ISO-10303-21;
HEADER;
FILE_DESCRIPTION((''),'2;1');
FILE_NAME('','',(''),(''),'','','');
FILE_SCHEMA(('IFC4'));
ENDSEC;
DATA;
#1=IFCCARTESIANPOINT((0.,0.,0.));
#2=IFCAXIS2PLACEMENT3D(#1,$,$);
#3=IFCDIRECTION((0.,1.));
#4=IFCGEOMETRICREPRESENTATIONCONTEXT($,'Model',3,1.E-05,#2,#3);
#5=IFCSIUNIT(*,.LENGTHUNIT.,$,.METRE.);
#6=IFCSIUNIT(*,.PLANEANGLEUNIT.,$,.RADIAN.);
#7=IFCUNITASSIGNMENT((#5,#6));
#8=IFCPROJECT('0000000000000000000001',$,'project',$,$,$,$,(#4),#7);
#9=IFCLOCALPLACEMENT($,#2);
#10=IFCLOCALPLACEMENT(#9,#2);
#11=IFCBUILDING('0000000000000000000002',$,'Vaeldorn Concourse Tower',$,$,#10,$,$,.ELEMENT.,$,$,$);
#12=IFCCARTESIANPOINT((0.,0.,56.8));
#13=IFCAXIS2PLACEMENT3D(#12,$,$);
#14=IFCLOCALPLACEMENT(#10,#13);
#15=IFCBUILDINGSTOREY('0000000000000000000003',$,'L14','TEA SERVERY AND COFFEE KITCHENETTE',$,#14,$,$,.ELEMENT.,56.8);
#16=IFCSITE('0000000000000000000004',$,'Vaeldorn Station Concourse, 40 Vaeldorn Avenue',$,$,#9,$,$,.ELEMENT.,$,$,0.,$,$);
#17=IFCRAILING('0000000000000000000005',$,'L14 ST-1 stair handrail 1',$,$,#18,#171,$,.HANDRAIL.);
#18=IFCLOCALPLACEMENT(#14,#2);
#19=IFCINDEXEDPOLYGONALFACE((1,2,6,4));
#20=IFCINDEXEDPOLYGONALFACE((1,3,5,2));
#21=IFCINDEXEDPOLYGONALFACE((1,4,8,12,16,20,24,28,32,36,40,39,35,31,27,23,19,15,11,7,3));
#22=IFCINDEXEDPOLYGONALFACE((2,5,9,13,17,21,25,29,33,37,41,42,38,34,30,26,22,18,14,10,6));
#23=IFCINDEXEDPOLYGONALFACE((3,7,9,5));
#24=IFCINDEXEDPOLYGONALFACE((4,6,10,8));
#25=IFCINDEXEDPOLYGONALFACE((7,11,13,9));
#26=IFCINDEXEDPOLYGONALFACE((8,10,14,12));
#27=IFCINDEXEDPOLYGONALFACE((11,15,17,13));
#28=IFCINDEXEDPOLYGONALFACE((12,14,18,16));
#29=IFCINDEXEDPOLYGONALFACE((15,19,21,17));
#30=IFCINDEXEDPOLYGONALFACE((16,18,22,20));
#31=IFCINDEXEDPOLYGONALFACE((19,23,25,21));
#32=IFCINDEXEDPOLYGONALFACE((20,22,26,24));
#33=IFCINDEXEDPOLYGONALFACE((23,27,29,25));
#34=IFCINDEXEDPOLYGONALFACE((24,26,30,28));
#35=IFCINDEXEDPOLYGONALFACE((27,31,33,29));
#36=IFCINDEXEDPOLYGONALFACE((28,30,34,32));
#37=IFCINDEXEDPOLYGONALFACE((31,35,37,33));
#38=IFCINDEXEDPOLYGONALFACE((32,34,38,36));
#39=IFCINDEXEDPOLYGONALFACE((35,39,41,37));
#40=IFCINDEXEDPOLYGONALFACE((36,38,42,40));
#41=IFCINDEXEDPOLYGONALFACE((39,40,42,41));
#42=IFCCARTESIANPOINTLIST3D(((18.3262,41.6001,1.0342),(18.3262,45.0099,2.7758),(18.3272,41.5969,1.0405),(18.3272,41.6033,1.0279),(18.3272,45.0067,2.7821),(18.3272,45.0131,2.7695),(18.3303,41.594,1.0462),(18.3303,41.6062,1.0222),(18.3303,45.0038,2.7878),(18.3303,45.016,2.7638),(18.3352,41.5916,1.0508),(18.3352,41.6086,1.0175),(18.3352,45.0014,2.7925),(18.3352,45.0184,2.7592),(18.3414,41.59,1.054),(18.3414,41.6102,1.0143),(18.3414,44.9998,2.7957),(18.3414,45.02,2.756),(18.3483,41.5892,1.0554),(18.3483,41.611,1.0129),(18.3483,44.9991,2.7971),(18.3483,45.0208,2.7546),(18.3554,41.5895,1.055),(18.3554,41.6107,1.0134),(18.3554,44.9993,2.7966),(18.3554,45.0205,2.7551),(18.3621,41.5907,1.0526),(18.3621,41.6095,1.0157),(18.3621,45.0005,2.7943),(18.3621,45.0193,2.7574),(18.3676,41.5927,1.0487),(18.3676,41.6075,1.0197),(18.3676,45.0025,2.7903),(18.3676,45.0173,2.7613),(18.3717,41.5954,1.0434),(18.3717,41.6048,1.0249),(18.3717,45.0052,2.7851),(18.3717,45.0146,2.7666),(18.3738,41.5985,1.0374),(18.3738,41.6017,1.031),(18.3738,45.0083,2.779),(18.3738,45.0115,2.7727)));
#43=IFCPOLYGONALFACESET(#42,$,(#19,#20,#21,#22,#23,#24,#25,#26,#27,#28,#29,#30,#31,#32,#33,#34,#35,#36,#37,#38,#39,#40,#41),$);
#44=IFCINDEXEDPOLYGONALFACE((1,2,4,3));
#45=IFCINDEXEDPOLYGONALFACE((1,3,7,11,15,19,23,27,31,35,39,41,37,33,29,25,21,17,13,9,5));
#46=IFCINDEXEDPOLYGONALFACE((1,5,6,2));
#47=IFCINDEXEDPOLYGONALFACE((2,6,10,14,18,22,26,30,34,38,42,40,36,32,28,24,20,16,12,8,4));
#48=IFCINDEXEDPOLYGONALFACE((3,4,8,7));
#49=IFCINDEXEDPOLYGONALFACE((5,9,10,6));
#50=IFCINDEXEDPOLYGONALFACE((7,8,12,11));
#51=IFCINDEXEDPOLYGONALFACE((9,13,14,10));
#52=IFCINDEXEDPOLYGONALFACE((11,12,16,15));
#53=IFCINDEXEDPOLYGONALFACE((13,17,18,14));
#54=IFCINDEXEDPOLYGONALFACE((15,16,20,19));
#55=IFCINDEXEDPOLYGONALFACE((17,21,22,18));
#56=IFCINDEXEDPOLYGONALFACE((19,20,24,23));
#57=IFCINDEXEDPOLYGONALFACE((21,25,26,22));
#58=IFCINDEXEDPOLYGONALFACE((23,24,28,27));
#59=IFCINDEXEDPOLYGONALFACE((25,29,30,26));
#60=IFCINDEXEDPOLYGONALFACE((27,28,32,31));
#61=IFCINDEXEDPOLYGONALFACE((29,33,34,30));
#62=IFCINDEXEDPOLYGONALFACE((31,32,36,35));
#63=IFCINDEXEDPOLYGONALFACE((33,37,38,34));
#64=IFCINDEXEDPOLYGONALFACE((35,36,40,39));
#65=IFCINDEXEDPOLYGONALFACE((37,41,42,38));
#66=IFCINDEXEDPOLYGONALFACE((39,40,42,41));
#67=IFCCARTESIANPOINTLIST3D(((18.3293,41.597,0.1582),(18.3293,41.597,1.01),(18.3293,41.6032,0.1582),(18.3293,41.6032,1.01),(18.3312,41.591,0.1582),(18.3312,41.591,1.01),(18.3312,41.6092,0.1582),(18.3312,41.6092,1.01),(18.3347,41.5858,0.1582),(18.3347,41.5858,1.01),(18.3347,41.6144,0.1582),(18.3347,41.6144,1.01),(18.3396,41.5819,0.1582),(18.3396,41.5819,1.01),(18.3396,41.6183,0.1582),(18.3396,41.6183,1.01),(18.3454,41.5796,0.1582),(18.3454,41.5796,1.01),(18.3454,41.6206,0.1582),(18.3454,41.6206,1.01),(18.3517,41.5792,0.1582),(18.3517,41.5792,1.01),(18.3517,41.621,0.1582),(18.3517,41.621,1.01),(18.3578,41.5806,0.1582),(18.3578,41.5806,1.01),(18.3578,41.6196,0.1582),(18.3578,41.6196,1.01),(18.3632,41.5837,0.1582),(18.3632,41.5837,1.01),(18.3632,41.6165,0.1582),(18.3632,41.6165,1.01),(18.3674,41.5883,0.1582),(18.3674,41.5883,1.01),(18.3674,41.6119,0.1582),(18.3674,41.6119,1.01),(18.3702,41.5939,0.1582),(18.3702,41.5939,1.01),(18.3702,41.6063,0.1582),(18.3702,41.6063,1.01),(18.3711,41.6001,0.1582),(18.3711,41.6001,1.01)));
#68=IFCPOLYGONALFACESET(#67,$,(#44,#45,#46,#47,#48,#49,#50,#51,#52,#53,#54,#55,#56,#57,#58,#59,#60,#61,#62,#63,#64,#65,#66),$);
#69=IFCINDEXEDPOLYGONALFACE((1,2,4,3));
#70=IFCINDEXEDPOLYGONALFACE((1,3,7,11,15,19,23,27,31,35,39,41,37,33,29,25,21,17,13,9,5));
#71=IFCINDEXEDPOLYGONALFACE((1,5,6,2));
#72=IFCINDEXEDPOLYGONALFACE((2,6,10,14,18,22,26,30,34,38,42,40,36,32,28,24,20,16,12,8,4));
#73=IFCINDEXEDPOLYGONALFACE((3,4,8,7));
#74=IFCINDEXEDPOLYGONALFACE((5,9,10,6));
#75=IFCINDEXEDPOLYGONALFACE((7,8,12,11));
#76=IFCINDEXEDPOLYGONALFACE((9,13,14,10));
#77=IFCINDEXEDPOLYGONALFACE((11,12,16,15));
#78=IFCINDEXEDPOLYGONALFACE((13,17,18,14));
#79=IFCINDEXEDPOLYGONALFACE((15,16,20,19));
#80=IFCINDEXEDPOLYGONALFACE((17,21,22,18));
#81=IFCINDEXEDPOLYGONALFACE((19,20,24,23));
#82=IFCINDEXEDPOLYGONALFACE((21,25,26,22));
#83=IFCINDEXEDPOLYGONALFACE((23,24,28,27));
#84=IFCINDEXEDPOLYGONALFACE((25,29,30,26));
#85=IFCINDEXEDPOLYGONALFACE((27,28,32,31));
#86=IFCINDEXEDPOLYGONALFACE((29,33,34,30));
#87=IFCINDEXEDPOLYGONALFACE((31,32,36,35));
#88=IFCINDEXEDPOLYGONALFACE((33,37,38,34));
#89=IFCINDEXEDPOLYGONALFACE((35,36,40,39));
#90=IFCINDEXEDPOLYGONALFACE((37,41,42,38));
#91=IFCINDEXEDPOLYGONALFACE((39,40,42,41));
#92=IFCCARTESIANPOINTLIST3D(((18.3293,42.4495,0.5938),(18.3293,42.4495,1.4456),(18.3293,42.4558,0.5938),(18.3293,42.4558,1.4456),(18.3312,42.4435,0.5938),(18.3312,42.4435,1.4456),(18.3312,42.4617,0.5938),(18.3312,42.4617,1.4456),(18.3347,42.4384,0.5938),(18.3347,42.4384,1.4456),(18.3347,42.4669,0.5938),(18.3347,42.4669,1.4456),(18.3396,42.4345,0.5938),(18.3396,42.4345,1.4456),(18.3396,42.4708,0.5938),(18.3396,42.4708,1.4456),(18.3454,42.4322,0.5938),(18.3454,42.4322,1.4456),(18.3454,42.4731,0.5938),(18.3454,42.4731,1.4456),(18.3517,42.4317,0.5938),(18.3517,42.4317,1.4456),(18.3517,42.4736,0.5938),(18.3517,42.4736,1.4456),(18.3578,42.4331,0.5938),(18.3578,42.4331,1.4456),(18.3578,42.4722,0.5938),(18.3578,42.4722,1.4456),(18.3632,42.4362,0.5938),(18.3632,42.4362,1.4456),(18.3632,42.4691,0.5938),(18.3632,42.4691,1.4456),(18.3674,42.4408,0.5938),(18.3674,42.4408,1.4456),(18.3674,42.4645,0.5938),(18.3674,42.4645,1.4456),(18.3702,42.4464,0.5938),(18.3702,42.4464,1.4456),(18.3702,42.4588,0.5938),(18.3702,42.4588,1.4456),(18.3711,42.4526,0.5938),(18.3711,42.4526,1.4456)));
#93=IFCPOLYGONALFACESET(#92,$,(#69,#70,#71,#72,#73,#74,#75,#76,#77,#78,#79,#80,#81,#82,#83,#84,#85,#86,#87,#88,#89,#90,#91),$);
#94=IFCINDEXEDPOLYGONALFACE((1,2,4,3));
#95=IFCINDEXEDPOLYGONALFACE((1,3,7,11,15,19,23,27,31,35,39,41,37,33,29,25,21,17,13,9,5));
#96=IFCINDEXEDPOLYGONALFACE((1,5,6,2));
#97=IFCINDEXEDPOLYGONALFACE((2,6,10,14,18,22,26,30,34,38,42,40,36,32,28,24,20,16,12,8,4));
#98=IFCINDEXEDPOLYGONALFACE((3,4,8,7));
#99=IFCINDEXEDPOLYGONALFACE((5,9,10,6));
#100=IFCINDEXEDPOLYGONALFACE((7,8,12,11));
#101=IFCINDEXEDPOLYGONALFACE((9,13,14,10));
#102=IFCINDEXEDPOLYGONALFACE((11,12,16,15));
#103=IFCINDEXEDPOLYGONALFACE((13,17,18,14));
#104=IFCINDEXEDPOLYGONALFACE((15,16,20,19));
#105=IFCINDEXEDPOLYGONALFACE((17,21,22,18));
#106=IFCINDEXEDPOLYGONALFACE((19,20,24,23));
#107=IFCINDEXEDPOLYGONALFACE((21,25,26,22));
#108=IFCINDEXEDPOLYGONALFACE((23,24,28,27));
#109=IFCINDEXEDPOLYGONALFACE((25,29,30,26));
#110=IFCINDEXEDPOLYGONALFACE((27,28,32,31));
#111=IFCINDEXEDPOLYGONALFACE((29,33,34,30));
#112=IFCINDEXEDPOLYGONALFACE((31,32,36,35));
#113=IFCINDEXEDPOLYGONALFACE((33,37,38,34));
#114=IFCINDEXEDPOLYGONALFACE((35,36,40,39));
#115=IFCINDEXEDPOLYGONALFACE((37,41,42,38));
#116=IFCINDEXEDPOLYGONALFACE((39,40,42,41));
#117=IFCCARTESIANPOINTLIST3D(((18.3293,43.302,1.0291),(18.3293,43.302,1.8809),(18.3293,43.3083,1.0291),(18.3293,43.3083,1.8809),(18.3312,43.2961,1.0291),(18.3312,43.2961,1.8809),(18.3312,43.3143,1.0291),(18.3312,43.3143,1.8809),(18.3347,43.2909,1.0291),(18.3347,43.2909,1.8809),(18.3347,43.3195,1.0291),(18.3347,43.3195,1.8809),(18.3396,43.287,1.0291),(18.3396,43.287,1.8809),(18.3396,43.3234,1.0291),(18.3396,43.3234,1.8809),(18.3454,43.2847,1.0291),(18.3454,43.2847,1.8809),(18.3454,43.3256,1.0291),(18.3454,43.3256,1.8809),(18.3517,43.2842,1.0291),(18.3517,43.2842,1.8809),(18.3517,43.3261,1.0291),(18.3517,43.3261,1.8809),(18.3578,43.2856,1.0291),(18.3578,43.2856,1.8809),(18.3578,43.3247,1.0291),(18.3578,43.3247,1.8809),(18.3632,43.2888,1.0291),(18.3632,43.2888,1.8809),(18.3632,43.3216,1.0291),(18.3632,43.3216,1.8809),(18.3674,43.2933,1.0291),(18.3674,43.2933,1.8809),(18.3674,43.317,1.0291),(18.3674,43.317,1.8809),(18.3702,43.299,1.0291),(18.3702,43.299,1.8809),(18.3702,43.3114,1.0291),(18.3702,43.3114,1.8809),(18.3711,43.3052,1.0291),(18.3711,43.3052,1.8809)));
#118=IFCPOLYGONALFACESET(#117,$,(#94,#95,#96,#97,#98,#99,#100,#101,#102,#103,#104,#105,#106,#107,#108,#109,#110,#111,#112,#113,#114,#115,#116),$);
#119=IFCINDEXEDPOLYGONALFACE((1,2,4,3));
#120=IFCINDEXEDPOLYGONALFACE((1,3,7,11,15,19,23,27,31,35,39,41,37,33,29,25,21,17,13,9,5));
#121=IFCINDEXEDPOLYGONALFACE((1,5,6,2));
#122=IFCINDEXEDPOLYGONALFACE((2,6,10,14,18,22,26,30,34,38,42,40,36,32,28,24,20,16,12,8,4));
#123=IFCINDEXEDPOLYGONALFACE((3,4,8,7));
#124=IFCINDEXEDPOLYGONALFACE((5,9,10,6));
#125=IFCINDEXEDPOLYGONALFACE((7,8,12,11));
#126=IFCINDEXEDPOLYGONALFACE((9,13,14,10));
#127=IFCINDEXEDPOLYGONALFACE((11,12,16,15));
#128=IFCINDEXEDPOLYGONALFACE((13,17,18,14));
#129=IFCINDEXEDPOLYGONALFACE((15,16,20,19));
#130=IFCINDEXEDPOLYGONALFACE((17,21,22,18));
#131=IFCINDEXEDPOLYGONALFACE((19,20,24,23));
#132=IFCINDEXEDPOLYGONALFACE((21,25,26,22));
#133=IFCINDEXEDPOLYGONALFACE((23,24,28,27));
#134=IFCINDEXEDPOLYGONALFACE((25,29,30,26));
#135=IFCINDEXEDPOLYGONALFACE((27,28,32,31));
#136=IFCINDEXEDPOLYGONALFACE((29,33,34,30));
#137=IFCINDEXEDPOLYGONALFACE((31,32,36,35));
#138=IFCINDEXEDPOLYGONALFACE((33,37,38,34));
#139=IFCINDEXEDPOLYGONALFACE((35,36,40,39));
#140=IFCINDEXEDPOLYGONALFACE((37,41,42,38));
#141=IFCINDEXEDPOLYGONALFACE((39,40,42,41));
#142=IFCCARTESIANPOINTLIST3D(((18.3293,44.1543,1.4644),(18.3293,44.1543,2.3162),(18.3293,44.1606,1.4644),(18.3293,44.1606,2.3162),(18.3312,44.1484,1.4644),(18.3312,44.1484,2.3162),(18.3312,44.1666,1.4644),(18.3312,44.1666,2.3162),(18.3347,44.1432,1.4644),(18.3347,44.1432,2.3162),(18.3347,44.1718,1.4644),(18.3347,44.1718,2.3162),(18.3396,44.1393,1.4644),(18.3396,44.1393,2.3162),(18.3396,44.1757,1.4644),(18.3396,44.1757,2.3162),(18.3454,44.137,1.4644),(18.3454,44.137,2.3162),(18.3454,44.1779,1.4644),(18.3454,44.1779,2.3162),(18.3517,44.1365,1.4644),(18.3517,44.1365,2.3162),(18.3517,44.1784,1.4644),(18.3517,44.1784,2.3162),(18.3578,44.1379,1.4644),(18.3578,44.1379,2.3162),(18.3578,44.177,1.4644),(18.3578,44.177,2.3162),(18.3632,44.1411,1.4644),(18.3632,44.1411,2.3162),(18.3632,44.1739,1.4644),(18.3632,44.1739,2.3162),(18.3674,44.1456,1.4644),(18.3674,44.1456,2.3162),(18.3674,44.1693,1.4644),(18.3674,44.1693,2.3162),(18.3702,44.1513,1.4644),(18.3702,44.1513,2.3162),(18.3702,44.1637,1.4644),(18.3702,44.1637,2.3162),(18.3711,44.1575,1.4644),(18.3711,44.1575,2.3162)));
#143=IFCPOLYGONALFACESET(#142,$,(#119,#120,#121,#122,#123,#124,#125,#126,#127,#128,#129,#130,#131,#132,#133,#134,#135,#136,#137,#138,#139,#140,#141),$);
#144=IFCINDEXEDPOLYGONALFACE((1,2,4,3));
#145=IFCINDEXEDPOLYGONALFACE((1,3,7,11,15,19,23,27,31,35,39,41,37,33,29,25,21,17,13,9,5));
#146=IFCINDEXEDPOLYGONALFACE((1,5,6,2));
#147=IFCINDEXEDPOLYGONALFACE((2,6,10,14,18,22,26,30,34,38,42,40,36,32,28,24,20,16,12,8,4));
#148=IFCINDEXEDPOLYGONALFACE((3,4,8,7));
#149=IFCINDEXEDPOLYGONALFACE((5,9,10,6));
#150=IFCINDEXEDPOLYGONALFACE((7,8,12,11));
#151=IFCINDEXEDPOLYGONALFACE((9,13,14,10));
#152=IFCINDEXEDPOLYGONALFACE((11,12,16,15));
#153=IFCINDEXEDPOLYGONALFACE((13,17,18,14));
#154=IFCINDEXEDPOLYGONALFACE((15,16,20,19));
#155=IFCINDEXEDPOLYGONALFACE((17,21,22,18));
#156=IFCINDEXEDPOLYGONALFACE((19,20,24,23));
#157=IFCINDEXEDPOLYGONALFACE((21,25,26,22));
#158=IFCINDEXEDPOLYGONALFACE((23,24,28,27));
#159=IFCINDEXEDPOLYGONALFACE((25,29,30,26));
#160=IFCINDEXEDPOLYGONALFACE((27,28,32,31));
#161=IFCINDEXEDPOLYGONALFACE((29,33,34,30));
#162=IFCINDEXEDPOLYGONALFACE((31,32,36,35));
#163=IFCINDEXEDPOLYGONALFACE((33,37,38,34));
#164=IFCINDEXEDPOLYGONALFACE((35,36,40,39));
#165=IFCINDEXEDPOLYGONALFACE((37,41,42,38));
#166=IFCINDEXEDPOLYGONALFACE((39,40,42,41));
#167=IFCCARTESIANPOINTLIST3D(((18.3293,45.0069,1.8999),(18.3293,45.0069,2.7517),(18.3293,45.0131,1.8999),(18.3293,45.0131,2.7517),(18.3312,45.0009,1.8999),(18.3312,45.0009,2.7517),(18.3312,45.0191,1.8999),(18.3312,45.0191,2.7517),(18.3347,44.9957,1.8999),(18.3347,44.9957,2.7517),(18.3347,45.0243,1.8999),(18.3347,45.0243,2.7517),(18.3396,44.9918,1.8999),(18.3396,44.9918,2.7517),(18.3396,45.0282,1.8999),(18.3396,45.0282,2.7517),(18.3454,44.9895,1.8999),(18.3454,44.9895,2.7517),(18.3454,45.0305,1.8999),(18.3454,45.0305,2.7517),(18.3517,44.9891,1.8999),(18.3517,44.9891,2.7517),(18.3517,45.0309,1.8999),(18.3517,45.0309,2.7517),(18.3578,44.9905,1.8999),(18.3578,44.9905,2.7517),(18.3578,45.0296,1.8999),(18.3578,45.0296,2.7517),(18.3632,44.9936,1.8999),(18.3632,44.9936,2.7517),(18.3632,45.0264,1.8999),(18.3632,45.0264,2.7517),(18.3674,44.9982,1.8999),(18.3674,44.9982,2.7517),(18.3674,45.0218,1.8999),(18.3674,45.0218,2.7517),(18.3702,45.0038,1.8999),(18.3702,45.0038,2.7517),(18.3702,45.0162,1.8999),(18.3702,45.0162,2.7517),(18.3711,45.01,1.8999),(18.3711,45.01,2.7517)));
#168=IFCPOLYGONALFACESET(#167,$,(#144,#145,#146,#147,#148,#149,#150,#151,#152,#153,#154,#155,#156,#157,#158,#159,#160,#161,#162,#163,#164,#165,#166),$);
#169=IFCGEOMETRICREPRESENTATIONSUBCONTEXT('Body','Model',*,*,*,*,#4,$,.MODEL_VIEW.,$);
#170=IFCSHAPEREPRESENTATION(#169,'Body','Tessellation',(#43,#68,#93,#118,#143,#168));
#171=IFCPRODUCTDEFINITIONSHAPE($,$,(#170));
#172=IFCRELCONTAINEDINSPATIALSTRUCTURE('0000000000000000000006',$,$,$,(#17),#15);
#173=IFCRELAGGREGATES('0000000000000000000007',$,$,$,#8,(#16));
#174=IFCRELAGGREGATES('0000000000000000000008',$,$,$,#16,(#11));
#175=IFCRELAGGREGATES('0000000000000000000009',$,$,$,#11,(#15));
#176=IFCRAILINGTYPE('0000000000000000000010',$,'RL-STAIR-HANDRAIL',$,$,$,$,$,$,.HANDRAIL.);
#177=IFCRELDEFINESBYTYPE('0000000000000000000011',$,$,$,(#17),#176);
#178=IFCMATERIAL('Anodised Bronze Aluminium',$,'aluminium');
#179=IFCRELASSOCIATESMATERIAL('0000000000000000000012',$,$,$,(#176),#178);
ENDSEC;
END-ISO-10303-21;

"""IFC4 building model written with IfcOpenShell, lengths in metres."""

from ifc_helpers import new_model, si_unit, direction, frame, origin, origin_2d, place, context, subcontext, project, spatial, circle, extrude, material, type_object, element, save


model = new_model("IFC4")

# Units and contexts
model_context = context("Model", 3, precision=1e-05, world=origin(), true_north=direction((0.0, 1.0)))
body_context = subcontext(model_context, "Body", "Model", "MODEL_VIEW")
ifc_project = project(units=[si_unit("LENGTHUNIT", "METRE"), si_unit("PLANEANGLEUNIT", "RADIAN")], contexts=[model_context])

# Site, building, storey
site_placement = place(None, origin())
site = spatial("IfcSite", under=ifc_project, at=site_placement, Name="Vaeldorn Station Concourse, 40 Vaeldorn Avenue", CompositionType="ELEMENT", RefElevation=0.0)
building_placement = place(site_placement, origin())
building = spatial("IfcBuilding", under=site, at=building_placement, Name="Vaeldorn Concourse Tower", CompositionType="ELEMENT")
storey_placement = place(building_placement, frame((0.0, 0.0, 56.8)))
storey = spatial("IfcBuildingStorey", under=building, at=storey_placement, Name="L14", Description="TEA SERVERY AND COFFEE KITCHENETTE", CompositionType="ELEMENT", Elevation=56.8)

# Shared definitions
ifc_material_1 = material(Name="Anodised Bronze Aluminium", Category="aluminium")

# Railing
railing_type_1 = type_object("IfcRailingType", Name="RL-STAIR-HANDRAIL", PredefinedType="HANDRAIL", material=ifc_material_1)
railing_1_placement = place(storey_placement, frame((18.3501, 41.6001, 0.1582)))
element("IfcRailing", 1, at=railing_1_placement, inside=storey, type_object=railing_type_1, Name="L14 ST-1 stair handrail 1", PredefinedType="HANDRAIL", context=body_context, shape_type="SweptSolid", body=[
    extrude(circle(Radius=0.0239, at=origin_2d()), frame((0.0, 0.0, 0.876), z_axis=(0.0, 0.890556, 0.454874), x_axis=(-1.0, 0.0, 0.0)), (0.0, 0.0, 1.0), 3.8289),
    extrude(circle(Radius=0.021, at=origin_2d()), origin(), (0.0, 0.0, 1.0), 0.8518),
    extrude(circle(Radius=0.021, at=origin_2d()), frame((0.0, 0.8525, 0.4355)), (0.0, 0.0, 1.0), 0.8518),
    extrude(circle(Radius=0.021, at=origin_2d()), frame((0.0, 1.7051, 0.8708)), (0.0, 0.0, 1.0), 0.8518),
    extrude(circle(Radius=0.021, at=origin_2d()), frame((0.0, 2.5574, 1.3062)), (0.0, 0.0, 1.0), 0.8518),
    extrude(circle(Radius=0.021, at=origin_2d()), frame((0.0, 3.4099, 1.7417)), (0.0, 0.0, 1.0), 0.8518),
])

save(model, "model.ifc")
